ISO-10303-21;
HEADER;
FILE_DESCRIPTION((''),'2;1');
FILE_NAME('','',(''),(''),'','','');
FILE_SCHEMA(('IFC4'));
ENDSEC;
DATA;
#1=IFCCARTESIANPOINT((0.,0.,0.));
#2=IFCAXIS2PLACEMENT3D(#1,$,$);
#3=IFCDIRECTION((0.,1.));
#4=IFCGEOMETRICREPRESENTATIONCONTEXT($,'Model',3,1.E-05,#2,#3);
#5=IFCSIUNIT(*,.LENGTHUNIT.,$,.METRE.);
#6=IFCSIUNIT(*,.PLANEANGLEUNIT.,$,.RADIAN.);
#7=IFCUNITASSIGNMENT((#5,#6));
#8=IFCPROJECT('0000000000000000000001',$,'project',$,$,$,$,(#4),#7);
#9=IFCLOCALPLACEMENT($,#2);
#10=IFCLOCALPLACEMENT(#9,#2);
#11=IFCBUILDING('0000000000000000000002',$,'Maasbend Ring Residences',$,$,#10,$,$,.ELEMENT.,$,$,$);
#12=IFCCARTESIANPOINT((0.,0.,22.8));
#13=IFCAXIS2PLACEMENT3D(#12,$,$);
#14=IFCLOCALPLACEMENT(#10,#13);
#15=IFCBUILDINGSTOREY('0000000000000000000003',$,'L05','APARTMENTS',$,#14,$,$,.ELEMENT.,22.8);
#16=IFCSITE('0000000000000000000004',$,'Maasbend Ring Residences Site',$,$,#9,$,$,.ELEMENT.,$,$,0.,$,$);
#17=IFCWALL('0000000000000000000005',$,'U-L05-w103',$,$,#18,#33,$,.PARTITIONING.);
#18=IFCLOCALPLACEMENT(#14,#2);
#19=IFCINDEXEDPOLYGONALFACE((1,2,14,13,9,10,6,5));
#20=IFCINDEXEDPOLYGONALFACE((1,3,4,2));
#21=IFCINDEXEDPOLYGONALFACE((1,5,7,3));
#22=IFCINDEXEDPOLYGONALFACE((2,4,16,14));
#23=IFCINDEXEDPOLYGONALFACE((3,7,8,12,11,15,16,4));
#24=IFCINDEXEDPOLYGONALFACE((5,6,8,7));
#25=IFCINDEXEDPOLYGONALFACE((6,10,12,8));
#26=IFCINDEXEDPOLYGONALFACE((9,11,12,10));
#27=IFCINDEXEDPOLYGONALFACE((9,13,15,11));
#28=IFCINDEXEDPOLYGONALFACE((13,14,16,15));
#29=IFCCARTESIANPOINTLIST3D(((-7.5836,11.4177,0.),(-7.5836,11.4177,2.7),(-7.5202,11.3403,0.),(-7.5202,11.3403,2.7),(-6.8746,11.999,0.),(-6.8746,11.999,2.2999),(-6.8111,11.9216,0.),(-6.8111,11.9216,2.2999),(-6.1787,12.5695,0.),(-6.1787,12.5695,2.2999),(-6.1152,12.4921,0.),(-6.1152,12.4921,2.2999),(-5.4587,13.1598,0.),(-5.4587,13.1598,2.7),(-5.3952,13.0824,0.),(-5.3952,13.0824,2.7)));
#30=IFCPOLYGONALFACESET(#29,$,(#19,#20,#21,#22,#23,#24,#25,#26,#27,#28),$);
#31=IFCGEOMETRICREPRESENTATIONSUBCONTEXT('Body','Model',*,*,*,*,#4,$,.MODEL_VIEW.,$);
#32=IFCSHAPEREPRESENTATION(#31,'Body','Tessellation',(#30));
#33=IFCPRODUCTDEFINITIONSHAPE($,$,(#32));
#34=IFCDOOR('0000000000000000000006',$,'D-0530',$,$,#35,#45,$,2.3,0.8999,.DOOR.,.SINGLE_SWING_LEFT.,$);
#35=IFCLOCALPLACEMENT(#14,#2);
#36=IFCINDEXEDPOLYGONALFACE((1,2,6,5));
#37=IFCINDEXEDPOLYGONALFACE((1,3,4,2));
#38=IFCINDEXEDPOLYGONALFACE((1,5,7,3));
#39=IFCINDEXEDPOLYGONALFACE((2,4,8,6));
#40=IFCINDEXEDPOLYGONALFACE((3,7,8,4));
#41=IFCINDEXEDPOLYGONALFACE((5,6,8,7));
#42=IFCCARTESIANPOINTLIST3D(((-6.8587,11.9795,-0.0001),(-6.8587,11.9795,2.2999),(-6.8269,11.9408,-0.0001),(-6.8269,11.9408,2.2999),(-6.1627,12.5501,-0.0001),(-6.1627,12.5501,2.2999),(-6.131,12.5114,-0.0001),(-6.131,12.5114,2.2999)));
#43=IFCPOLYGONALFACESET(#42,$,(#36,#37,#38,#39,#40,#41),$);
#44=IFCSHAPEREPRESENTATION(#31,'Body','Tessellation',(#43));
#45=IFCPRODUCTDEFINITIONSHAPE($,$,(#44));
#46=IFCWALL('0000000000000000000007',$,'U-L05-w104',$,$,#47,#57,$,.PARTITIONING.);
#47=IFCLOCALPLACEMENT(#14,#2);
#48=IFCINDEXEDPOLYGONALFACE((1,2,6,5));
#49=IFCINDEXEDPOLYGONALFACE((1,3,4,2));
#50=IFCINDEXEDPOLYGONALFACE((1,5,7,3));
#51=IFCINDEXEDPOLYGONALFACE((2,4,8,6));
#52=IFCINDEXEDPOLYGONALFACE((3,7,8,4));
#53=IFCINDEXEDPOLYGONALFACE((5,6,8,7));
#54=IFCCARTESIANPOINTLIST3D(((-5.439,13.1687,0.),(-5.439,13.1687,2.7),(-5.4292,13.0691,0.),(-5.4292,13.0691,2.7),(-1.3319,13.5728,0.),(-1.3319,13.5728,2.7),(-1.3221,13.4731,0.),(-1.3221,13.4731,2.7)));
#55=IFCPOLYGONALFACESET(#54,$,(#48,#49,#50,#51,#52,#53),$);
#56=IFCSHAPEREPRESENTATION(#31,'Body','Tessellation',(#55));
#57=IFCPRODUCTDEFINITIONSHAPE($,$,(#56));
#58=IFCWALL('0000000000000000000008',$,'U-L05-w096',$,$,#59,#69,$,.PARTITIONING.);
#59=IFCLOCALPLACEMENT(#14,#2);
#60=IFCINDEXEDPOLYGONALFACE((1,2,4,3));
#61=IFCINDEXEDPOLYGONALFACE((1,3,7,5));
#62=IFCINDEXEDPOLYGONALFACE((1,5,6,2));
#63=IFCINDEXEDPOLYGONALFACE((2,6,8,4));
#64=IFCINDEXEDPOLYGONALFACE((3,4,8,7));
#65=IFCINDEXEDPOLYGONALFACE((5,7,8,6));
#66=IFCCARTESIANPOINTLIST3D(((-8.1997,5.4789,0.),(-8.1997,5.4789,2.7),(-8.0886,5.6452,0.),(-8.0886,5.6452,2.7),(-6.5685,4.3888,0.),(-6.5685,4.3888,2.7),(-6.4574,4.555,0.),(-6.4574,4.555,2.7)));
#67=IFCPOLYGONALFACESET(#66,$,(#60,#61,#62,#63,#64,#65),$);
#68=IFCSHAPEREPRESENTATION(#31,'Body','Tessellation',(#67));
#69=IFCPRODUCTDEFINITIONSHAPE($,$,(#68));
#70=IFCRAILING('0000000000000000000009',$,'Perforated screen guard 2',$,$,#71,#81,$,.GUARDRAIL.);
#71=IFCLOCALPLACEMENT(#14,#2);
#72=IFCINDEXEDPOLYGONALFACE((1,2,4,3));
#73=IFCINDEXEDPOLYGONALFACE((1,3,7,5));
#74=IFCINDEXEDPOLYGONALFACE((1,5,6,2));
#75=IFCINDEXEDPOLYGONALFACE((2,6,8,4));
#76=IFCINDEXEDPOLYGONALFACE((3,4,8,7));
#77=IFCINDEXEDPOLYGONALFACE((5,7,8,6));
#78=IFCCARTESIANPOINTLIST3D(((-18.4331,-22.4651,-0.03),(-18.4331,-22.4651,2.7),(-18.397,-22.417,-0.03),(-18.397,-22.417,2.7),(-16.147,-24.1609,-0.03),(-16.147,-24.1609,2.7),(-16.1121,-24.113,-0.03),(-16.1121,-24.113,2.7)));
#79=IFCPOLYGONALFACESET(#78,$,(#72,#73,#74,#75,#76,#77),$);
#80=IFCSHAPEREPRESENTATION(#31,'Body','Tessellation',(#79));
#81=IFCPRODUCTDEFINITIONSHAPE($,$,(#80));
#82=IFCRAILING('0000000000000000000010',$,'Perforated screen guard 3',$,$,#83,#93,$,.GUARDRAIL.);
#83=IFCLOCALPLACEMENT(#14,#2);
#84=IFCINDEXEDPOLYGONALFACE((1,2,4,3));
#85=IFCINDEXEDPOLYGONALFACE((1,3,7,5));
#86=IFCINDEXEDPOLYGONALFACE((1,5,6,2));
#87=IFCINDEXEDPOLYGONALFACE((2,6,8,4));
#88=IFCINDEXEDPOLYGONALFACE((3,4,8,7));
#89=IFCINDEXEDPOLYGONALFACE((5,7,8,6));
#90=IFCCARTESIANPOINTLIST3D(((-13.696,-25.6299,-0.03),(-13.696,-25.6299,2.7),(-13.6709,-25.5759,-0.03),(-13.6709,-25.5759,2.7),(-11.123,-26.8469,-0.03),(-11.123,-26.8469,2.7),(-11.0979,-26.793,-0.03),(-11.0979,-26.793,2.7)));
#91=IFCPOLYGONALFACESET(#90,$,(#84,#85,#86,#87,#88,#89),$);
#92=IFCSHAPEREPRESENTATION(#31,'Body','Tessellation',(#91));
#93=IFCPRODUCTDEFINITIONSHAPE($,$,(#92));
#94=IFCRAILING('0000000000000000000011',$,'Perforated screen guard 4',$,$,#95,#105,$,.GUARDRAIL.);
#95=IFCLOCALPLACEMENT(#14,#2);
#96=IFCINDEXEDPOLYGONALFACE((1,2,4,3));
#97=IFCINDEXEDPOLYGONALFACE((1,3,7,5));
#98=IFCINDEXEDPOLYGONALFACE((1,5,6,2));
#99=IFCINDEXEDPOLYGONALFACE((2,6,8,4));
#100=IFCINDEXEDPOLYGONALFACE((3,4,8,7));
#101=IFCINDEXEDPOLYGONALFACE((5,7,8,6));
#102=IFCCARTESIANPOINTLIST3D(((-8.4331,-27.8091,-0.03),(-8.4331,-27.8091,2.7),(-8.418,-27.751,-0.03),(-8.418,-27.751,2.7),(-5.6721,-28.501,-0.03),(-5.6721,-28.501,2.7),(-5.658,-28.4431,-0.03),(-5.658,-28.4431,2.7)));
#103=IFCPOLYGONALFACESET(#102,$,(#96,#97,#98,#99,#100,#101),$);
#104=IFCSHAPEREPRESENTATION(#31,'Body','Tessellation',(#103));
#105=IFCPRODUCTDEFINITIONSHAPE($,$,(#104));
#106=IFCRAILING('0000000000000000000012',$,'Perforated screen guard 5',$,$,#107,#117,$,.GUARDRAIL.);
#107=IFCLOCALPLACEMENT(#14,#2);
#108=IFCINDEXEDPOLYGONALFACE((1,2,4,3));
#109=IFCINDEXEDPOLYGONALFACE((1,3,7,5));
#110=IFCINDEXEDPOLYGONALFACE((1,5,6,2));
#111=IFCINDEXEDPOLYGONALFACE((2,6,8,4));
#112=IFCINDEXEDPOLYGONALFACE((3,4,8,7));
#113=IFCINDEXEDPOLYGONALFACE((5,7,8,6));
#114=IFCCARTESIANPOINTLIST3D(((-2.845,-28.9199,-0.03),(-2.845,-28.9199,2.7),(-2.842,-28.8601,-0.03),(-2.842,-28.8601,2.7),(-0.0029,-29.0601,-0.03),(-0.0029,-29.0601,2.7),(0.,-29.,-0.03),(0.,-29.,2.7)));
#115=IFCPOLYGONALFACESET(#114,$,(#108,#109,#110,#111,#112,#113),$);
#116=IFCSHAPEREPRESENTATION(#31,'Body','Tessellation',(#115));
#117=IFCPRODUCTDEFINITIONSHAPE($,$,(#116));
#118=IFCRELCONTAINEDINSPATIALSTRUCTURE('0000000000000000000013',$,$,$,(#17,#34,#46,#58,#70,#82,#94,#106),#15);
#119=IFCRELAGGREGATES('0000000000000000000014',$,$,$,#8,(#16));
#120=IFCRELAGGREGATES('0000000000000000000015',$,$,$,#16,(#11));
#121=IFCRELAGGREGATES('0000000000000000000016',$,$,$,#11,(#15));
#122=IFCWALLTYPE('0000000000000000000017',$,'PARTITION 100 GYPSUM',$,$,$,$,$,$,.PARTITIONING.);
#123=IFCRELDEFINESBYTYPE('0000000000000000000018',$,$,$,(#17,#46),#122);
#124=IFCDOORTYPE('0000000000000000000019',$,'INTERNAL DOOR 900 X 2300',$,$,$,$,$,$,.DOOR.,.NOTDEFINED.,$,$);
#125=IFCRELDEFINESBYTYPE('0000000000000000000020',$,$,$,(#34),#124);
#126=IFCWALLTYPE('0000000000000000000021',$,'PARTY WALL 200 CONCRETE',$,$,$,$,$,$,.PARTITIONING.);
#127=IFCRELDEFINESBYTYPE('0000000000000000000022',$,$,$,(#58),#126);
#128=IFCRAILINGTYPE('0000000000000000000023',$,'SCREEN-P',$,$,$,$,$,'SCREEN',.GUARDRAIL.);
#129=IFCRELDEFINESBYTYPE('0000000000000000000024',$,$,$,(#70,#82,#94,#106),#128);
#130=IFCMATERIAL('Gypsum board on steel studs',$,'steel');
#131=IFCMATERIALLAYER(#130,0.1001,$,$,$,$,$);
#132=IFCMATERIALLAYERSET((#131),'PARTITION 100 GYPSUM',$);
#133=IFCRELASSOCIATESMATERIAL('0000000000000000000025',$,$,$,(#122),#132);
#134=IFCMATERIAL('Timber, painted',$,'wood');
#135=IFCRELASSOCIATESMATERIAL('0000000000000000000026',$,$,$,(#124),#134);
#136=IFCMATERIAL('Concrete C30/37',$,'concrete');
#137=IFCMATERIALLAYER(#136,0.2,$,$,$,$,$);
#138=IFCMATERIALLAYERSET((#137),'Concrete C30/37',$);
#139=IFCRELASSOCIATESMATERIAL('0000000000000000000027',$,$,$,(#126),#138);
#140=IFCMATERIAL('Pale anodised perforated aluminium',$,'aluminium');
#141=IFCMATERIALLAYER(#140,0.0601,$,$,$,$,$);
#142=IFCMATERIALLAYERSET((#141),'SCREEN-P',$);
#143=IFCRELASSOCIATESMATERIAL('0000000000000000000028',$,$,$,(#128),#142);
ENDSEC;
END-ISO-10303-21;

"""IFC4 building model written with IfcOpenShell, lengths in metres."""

from ifc_helpers import new_model, si_unit, direction, frame, frame_2d, origin, place, context, subcontext, project, spatial, polyline, rectangle, outline, extrude, material, layer, layer_set, type_object, element, fill, save


model = new_model("IFC4")

# Units and contexts
model_context = context("Model", 3, precision=1e-05, world=origin(), true_north=direction((0.0, 1.0)))
body_context = subcontext(model_context, "Body", "Model", "MODEL_VIEW")
ifc_project = project(units=[si_unit("LENGTHUNIT", "METRE"), si_unit("PLANEANGLEUNIT", "RADIAN")], contexts=[model_context])

# Site, building, storey
site_placement = place(None, origin())
site = spatial("IfcSite", under=ifc_project, at=site_placement, Name="Maasbend Ring Residences Site", CompositionType="ELEMENT", RefElevation=0.0)
building_placement = place(site_placement, origin())
building = spatial("IfcBuilding", under=site, at=building_placement, Name="Maasbend Ring Residences", CompositionType="ELEMENT")
storey_placement = place(building_placement, frame((0.0, 0.0, 22.8)))
storey = spatial("IfcBuildingStorey", under=building, at=storey_placement, Name="L05", Description="APARTMENTS", CompositionType="ELEMENT", Elevation=22.8)

# Wall, opening, door
ifc_material_1 = material(Name="Gypsum board on steel studs", Category="steel")
ifc_layer_1 = layer(ifc_material_1, 0.1001)
ifc_layer_set_1 = layer_set([ifc_layer_1], Name="PARTITION 100 GYPSUM")
wall_type_1 = type_object("IfcWallType", Name="PARTITION 100 GYPSUM", PredefinedType="PARTITIONING", material=ifc_layer_set_1)
ifc_material_2 = material(Name="Timber, painted", Category="wood")
door_type_1 = type_object("IfcDoorType", Name="INTERNAL DOOR 900 X 2300", OperationType="NOTDEFINED", PredefinedType="DOOR", material=ifc_material_2)
wall_1_placement = place(storey_placement, frame((-7.552, 11.3789, 0.0), z_axis=(0.0, 0.0, 1.0), x_axis=(0.773324, 0.634012, 0.0)))
wall_1 = element("IfcWall", 1, at=wall_1_placement, inside=storey, type_object=wall_type_1, Name="U-L05-w103", PredefinedType="PARTITIONING", context=body_context, shape_type="SweptSolid", body=[
    extrude(rectangle(XDim=2.7478, YDim=0.1001, at=frame_2d((1.374, 0.0))), origin(), (0.0, 0.0, 1.0), 2.7),
])
opening_1_placement = place(wall_1_placement, frame((0.917, 0.0, 0.0)))
opening_1 = element("IfcOpeningElement", 2, at=opening_1_placement, cuts=wall_1, PredefinedType="OPENING", context=body_context, shape_type="SweptSolid", body=[
    extrude(rectangle(XDim=0.8999, YDim=2.3, at=frame_2d((0.45, 1.1499))), frame((0.0, 0.0601, 0.0), z_axis=(0.0, -1.0, 0.0), x_axis=(1.0, 0.0, 0.0)), (0.0, 0.0, 1.0), 0.1201),
])
door_1_placement = place(opening_1_placement, origin())
door_1 = element("IfcDoor", 3, at=door_1_placement, inside=storey, type_object=door_type_1, Name="D-0530", OperationType="SINGLE_SWING_LEFT", OverallHeight=2.3, OverallWidth=0.8999, PredefinedType="DOOR", context=body_context, shape_type="SweptSolid", body=[
    extrude(rectangle(XDim=0.8999, YDim=2.3, at=frame_2d((0.45, 1.1499))), frame((0.0, 0.0249, 0.0), z_axis=(0.0, -1.0, 0.0), x_axis=(1.0, 0.0, 0.0)), (0.0, 0.0, 1.0), 0.05),
])
fill(opening_1, door_1)

# Walls
wall_2_placement = place(storey_placement, frame((-5.4341, 13.1189, 0.0), z_axis=(0.0, 0.0, 1.0), x_axis=(0.995196, 0.097905, 0.0)))
element("IfcWall", 4, at=wall_2_placement, inside=storey, type_object=wall_type_1, Name="U-L05-w104", PredefinedType="PARTITIONING", context=body_context, shape_type="SweptSolid", body=[
    extrude(rectangle(XDim=4.127, YDim=0.1001, at=frame_2d((2.0635, 0.0))), origin(), (0.0, 0.0, 1.0), 2.7),
])
ifc_material_3 = material(Name="Concrete C30/37", Category="concrete")
ifc_layer_2 = layer(ifc_material_3, 0.2)
ifc_layer_set_2 = layer_set([ifc_layer_2], Name="Concrete C30/37")
wall_type_2 = type_object("IfcWallType", Name="PARTY WALL 200 CONCRETE", PredefinedType="PARTITIONING", material=ifc_layer_set_2)
wall_3_placement = place(storey_placement, frame((-6.5129, 4.4719, 0.0), z_axis=(0.0, 0.0, 1.0), x_axis=(-0.831418, 0.555648, 0.0)))
element("IfcWall", 5, at=wall_3_placement, inside=storey, type_object=wall_type_2, Name="U-L05-w096", PredefinedType="PARTITIONING", context=body_context, shape_type="SweptSolid", body=[
    extrude(rectangle(XDim=1.9619, YDim=0.2, at=frame_2d((0.981, 0.0))), origin(), (0.0, 0.0, 1.0), 2.7),
])

# Railings
ifc_material_4 = material(Name="Pale anodised perforated aluminium", Category="aluminium")
ifc_layer_3 = layer(ifc_material_4, 0.0601)
ifc_layer_set_3 = layer_set([ifc_layer_3], Name="SCREEN-P")
railing_type = type_object("IfcRailingType", Name="SCREEN-P", ElementType="SCREEN", PredefinedType="GUARDRAIL", material=ifc_layer_set_3)
railing_1_placement = place(storey_placement, frame((0.0, 0.0, -0.03)))
element("IfcRailing", 6, at=railing_1_placement, inside=storey, type_object=railing_type, Name="Perforated screen guard 2", PredefinedType="GUARDRAIL", context=body_context, shape_type="SweptSolid", body=[
    extrude(outline(polyline([(-18.397, -22.417), (-16.1121, -24.113), (-16.147, -24.1609), (-18.4331, -22.4651), (-18.397, -22.417)])), origin(), (0.0, 0.0, 1.0), 2.73),
])
railing_2_placement = place(storey_placement, frame((0.0, 0.0, -0.03)))
element("IfcRailing", 7, at=railing_2_placement, inside=storey, type_object=railing_type, Name="Perforated screen guard 3", PredefinedType="GUARDRAIL", context=body_context, shape_type="SweptSolid", body=[
    extrude(outline(polyline([(-13.6709, -25.5759), (-11.0979, -26.793), (-11.123, -26.8469), (-13.696, -25.6299), (-13.6709, -25.5759)])), origin(), (0.0, 0.0, 1.0), 2.73),
])
railing_3_placement = place(storey_placement, frame((0.0, 0.0, -0.03)))
element("IfcRailing", 8, at=railing_3_placement, inside=storey, type_object=railing_type, Name="Perforated screen guard 4", PredefinedType="GUARDRAIL", context=body_context, shape_type="SweptSolid", body=[
    extrude(outline(polyline([(-8.418, -27.751), (-5.658, -28.4431), (-5.6721, -28.501), (-8.4331, -27.8091), (-8.418, -27.751)])), origin(), (0.0, 0.0, 1.0), 2.73),
])
railing_4_placement = place(storey_placement, frame((0.0, 0.0, -0.03)))
element("IfcRailing", 9, at=railing_4_placement, inside=storey, type_object=railing_type, Name="Perforated screen guard 5", PredefinedType="GUARDRAIL", context=body_context, shape_type="SweptSolid", body=[
    extrude(outline(polyline([(-2.842, -28.8601), (0.0, -29.0), (-0.0029, -29.0601), (-2.845, -28.9199), (-2.842, -28.8601)])), origin(), (0.0, 0.0, 1.0), 2.73),
])

save(model, "model.ifc")
